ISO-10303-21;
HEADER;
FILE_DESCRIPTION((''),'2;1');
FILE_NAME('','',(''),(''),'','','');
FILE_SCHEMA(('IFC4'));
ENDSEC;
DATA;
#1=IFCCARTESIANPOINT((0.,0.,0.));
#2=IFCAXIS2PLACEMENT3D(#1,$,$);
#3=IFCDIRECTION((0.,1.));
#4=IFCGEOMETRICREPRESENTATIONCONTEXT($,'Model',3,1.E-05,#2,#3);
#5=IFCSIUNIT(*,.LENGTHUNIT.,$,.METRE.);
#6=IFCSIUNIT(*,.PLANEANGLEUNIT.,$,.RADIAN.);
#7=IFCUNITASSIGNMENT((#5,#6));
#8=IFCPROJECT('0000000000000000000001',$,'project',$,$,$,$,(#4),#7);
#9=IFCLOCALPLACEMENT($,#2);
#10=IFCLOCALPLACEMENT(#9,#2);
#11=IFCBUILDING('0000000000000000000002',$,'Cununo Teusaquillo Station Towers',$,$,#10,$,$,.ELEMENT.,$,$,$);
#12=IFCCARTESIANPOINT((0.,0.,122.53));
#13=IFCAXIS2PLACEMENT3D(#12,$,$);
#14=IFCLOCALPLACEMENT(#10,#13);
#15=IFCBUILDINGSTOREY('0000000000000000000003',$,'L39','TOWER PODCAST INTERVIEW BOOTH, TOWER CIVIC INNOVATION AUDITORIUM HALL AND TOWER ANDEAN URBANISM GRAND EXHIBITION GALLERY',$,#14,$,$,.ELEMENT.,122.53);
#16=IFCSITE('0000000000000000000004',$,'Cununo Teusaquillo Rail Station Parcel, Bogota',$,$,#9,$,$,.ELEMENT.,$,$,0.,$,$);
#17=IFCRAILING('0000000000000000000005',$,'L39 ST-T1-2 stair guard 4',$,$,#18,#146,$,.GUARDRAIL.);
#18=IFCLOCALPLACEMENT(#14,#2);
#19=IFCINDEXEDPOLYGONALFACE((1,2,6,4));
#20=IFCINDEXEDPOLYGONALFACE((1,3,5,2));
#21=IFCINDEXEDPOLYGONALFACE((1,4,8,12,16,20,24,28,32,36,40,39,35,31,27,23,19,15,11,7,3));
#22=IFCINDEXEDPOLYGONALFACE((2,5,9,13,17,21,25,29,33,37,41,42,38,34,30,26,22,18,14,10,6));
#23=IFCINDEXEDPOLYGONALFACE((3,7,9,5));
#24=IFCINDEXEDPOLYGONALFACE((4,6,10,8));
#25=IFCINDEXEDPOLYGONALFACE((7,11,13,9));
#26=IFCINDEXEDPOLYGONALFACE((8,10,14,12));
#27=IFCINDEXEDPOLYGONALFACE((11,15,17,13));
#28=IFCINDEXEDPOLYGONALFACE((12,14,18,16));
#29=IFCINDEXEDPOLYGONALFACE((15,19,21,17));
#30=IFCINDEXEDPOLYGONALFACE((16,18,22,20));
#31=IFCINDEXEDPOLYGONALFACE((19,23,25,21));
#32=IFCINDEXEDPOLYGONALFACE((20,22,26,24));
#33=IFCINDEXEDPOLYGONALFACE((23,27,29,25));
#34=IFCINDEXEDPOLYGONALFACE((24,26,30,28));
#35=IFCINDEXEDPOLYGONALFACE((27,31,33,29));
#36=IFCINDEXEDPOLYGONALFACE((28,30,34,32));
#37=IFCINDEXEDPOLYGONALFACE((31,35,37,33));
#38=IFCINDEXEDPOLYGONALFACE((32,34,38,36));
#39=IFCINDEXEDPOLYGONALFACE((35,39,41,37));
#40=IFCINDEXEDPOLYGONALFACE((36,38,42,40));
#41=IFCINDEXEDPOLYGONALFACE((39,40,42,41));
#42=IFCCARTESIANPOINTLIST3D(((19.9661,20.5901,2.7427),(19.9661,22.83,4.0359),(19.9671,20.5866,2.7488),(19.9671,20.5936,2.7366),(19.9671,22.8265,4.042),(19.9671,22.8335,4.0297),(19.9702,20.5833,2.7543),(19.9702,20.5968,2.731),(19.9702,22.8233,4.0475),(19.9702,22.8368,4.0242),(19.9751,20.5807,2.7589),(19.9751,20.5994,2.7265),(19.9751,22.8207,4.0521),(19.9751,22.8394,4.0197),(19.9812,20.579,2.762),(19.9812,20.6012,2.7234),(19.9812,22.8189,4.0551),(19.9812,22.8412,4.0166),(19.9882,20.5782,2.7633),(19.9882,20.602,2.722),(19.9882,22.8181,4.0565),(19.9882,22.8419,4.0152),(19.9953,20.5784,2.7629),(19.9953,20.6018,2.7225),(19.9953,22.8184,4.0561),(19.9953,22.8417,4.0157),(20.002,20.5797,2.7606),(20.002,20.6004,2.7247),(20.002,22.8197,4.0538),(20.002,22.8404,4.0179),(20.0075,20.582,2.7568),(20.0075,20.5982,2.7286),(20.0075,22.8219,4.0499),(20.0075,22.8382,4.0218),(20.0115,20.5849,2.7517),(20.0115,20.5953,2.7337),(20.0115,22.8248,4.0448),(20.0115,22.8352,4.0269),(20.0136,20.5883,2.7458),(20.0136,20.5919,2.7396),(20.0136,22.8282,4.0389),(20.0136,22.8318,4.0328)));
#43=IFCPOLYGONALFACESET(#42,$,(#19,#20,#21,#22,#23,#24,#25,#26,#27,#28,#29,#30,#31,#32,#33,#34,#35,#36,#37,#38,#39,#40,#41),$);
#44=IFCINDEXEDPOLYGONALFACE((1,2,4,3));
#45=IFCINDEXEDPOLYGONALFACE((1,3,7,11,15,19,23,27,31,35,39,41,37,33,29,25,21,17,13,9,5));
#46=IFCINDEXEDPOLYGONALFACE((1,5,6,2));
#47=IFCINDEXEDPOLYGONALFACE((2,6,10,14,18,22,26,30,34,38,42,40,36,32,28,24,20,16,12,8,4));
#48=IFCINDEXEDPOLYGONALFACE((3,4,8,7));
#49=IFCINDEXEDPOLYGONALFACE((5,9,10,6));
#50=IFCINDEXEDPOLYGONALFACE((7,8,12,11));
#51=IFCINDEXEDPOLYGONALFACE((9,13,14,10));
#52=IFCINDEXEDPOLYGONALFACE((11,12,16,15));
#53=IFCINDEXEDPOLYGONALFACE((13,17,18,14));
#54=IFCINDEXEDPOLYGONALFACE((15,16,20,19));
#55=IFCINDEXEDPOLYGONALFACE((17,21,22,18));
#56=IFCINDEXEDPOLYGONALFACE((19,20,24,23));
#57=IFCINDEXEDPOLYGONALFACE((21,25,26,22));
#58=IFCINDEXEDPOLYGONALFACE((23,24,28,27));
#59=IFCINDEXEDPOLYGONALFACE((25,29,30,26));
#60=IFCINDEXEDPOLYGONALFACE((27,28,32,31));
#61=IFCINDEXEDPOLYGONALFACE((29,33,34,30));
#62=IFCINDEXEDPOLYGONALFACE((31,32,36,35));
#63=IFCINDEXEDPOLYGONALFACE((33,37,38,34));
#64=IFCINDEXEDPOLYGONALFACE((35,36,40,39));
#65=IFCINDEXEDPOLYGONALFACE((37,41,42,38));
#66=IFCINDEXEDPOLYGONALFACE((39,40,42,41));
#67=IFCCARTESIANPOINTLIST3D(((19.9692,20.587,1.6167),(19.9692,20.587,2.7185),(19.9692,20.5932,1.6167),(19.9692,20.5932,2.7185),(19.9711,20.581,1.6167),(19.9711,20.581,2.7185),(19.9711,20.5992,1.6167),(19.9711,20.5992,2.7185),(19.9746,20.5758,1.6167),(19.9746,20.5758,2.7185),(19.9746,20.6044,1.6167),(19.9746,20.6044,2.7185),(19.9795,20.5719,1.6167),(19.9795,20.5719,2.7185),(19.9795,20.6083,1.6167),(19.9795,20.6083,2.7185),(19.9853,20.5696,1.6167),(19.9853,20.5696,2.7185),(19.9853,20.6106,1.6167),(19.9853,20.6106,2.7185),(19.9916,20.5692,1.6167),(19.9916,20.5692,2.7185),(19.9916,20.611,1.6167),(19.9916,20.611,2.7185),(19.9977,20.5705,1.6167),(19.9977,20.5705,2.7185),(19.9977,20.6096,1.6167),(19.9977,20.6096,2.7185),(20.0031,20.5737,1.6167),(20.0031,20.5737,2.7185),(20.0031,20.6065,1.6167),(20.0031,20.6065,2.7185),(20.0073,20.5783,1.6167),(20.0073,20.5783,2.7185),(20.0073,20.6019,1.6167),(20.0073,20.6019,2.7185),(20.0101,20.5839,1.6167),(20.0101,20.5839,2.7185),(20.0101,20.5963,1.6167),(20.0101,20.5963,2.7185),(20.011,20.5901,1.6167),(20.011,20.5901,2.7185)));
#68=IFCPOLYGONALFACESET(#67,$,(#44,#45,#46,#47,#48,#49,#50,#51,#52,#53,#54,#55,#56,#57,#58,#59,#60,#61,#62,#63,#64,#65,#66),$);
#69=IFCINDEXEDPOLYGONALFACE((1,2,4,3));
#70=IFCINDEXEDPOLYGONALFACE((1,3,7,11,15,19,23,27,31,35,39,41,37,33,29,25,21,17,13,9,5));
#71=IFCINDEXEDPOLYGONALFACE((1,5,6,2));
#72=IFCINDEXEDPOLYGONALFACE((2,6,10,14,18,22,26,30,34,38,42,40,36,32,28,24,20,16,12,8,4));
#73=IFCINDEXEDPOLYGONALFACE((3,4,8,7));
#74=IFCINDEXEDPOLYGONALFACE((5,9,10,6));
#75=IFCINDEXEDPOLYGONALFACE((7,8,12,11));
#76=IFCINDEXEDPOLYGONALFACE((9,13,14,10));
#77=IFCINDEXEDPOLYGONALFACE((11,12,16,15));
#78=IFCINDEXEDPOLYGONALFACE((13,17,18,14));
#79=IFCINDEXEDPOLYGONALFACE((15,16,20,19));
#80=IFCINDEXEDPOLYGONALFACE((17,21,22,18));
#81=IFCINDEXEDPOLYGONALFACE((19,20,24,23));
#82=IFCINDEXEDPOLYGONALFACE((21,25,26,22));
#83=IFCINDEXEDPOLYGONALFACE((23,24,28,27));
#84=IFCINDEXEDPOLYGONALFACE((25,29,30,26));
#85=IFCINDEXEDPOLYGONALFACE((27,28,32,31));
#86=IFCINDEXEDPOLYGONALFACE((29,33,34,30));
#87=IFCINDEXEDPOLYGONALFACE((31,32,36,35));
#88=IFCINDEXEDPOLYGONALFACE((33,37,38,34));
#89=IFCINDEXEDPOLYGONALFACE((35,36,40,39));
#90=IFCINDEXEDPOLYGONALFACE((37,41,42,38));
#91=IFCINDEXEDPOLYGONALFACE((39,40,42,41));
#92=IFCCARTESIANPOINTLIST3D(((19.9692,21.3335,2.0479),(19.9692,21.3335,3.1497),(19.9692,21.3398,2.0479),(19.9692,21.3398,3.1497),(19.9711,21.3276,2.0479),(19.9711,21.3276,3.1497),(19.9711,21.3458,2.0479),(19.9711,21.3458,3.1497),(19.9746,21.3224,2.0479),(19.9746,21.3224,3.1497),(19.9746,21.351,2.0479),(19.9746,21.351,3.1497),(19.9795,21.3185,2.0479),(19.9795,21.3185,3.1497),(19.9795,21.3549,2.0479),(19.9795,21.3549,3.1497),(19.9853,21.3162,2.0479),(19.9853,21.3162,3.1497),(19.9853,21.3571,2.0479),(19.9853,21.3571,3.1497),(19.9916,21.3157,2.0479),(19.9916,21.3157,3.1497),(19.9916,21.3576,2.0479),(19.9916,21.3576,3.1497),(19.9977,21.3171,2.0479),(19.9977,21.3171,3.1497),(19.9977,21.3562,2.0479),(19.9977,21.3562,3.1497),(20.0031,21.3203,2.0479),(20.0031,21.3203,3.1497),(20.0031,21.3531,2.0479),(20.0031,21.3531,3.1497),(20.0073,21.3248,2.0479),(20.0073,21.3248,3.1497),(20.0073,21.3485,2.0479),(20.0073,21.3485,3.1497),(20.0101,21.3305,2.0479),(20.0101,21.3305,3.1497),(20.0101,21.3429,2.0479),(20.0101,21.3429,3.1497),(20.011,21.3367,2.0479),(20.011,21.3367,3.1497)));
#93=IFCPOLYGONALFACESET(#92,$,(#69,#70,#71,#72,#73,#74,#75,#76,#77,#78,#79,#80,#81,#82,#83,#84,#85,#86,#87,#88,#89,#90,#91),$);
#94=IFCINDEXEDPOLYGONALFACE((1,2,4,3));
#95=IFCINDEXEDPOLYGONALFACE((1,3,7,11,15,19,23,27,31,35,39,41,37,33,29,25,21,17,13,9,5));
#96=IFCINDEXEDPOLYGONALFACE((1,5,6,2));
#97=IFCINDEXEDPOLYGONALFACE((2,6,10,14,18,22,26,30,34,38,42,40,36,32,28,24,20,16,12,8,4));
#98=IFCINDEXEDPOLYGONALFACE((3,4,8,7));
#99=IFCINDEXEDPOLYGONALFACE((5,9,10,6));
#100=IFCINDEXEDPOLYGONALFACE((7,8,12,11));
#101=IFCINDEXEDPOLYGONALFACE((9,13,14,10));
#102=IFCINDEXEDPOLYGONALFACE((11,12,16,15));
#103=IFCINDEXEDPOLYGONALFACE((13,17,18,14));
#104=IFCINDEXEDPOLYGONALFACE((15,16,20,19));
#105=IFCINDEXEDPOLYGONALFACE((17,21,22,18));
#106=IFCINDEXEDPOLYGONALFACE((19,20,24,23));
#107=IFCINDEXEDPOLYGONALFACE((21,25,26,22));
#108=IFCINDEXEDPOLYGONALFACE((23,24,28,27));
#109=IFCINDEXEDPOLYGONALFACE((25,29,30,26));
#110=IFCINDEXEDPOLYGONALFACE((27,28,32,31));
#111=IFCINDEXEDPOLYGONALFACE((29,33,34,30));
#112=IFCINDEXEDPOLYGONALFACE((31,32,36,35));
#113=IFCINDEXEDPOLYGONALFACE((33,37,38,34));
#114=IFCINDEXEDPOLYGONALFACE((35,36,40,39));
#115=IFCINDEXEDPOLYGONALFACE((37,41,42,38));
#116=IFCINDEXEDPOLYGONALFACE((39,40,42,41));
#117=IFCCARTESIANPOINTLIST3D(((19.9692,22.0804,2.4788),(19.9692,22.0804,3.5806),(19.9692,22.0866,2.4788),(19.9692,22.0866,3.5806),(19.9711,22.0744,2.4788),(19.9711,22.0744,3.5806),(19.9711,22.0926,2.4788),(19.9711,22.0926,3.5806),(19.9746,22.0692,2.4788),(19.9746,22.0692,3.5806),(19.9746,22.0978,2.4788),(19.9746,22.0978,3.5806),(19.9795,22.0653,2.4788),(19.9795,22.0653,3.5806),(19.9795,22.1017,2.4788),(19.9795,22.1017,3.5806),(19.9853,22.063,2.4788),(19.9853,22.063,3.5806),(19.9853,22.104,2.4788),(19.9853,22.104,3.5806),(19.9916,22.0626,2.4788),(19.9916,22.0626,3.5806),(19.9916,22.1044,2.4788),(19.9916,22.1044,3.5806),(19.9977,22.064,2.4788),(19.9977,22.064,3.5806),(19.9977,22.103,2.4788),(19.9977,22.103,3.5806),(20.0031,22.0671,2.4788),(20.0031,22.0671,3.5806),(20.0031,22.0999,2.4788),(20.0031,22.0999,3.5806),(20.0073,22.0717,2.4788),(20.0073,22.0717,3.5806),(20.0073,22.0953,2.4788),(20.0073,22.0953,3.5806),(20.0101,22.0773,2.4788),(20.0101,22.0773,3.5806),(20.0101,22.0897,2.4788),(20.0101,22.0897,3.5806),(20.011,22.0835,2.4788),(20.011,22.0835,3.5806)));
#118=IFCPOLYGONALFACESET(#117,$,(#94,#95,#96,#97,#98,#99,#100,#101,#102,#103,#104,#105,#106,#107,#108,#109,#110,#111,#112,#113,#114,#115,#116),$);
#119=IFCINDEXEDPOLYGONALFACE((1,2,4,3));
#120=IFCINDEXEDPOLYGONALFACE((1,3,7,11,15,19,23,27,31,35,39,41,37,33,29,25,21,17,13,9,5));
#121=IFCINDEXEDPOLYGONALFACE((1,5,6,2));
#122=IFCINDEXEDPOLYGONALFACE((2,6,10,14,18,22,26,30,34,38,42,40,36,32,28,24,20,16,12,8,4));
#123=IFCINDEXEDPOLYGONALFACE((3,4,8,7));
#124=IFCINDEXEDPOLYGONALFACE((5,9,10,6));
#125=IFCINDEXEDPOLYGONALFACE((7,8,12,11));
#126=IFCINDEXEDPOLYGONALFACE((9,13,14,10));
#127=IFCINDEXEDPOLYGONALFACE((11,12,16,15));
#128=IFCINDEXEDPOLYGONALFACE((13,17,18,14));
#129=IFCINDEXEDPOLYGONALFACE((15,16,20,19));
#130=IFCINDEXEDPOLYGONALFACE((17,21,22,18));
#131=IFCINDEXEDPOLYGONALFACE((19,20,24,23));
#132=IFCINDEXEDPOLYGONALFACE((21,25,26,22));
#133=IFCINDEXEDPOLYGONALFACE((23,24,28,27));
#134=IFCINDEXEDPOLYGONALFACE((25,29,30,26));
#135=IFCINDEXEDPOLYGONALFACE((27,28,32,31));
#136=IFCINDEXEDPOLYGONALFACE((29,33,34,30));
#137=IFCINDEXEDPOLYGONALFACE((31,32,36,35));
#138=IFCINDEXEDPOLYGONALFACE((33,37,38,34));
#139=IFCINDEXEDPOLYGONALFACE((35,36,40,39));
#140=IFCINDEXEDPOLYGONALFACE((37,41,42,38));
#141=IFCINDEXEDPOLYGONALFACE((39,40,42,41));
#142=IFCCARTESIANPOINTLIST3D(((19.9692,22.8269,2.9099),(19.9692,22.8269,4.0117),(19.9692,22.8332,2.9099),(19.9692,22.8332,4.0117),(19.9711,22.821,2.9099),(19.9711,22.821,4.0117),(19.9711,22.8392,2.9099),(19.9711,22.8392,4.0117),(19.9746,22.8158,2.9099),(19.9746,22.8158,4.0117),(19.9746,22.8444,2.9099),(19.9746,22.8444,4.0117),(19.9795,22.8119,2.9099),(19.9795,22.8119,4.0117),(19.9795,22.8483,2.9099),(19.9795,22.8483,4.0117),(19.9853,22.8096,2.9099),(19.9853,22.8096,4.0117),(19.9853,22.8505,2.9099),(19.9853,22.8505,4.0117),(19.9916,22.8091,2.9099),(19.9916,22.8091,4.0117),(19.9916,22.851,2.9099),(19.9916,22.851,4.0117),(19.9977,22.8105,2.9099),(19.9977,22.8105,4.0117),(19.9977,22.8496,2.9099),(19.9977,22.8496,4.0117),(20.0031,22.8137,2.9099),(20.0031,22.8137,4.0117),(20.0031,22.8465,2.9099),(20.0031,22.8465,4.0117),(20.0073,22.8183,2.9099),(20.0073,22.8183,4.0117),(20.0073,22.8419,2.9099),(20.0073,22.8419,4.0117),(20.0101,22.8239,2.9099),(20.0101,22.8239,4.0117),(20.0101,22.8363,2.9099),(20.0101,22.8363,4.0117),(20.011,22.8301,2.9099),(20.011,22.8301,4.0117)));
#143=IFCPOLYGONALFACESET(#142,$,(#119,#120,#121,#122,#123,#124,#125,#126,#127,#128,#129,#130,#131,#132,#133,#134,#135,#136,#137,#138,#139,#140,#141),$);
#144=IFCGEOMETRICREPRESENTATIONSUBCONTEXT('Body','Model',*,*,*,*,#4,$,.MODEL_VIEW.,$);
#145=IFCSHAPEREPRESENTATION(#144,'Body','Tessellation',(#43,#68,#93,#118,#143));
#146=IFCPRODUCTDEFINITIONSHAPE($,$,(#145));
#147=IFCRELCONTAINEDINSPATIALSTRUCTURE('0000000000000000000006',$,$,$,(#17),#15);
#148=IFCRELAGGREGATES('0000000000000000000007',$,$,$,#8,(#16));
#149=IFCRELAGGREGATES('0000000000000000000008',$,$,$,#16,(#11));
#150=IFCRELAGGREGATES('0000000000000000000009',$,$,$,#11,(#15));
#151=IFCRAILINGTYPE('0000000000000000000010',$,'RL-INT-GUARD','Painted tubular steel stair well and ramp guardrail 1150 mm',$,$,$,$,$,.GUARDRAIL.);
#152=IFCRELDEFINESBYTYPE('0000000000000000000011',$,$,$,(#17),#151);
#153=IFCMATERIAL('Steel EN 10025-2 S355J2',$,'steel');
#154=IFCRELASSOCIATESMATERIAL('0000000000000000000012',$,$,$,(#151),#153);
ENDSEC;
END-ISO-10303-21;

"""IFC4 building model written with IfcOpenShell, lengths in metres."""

from ifc_helpers import new_model, si_unit, direction, frame, origin, origin_2d, place, context, subcontext, project, spatial, circle, extrude, material, type_object, element, save


model = new_model("IFC4")

# Units and contexts
model_context = context("Model", 3, precision=1e-05, world=origin(), true_north=direction((0.0, 1.0)))
body_context = subcontext(model_context, "Body", "Model", "MODEL_VIEW")
ifc_project = project(units=[si_unit("LENGTHUNIT", "METRE"), si_unit("PLANEANGLEUNIT", "RADIAN")], contexts=[model_context])

# Site, building, storey
site_placement = place(None, origin())
site = spatial("IfcSite", under=ifc_project, at=site_placement, Name="Cununo Teusaquillo Rail Station Parcel, Bogota", CompositionType="ELEMENT", RefElevation=0.0)
building_placement = place(site_placement, origin())
building = spatial("IfcBuilding", under=site, at=building_placement, Name="Cununo Teusaquillo Station Towers", CompositionType="ELEMENT")
storey_placement = place(building_placement, frame((0.0, 0.0, 122.53)))
storey = spatial("IfcBuildingStorey", under=building, at=storey_placement, Name="L39", Description="TOWER PODCAST INTERVIEW BOOTH, TOWER CIVIC INNOVATION AUDITORIUM HALL AND TOWER ANDEAN URBANISM GRAND EXHIBITION GALLERY", CompositionType="ELEMENT", Elevation=122.53)

# Railing
ifc_material_1 = material(Name="Steel EN 10025-2 S355J2", Category="steel")
railing_type_1 = type_object("IfcRailingType", Name="RL-INT-GUARD", Description="Painted tubular steel stair well and ramp guardrail 1150 mm", PredefinedType="GUARDRAIL", material=ifc_material_1)
railing_1_placement = place(storey_placement, frame((19.99, 20.5901, 1.6167)))
element("IfcRailing", 1, at=railing_1_placement, inside=storey, type_object=railing_type_1, Name="L39 ST-T1-2 stair guard 4", PredefinedType="GUARDRAIL", context=body_context, shape_type="SweptSolid", body=[
    extrude(circle(Radius=0.0239, at=origin_2d()), frame((0.0, 0.0, 1.126), z_axis=(0.0, 0.866033, 0.499987), x_axis=(-1.0, 0.0, 0.0)), (0.0, 0.0, 1.0), 2.5864),
    extrude(circle(Radius=0.021, at=origin_2d()), origin(), (0.0, 0.0, 1.0), 1.1018),
    extrude(circle(Radius=0.021, at=origin_2d()), frame((0.0, 0.7466, 0.4312)), (0.0, 0.0, 1.0), 1.1018),
    extrude(circle(Radius=0.021, at=origin_2d()), frame((0.0, 1.4934, 0.8621)), (0.0, 0.0, 1.0), 1.1018),
    extrude(circle(Radius=0.021, at=origin_2d()), frame((0.0, 2.24, 1.2932)), (0.0, 0.0, 1.0), 1.1018),
])

save(model, "model.ifc")
